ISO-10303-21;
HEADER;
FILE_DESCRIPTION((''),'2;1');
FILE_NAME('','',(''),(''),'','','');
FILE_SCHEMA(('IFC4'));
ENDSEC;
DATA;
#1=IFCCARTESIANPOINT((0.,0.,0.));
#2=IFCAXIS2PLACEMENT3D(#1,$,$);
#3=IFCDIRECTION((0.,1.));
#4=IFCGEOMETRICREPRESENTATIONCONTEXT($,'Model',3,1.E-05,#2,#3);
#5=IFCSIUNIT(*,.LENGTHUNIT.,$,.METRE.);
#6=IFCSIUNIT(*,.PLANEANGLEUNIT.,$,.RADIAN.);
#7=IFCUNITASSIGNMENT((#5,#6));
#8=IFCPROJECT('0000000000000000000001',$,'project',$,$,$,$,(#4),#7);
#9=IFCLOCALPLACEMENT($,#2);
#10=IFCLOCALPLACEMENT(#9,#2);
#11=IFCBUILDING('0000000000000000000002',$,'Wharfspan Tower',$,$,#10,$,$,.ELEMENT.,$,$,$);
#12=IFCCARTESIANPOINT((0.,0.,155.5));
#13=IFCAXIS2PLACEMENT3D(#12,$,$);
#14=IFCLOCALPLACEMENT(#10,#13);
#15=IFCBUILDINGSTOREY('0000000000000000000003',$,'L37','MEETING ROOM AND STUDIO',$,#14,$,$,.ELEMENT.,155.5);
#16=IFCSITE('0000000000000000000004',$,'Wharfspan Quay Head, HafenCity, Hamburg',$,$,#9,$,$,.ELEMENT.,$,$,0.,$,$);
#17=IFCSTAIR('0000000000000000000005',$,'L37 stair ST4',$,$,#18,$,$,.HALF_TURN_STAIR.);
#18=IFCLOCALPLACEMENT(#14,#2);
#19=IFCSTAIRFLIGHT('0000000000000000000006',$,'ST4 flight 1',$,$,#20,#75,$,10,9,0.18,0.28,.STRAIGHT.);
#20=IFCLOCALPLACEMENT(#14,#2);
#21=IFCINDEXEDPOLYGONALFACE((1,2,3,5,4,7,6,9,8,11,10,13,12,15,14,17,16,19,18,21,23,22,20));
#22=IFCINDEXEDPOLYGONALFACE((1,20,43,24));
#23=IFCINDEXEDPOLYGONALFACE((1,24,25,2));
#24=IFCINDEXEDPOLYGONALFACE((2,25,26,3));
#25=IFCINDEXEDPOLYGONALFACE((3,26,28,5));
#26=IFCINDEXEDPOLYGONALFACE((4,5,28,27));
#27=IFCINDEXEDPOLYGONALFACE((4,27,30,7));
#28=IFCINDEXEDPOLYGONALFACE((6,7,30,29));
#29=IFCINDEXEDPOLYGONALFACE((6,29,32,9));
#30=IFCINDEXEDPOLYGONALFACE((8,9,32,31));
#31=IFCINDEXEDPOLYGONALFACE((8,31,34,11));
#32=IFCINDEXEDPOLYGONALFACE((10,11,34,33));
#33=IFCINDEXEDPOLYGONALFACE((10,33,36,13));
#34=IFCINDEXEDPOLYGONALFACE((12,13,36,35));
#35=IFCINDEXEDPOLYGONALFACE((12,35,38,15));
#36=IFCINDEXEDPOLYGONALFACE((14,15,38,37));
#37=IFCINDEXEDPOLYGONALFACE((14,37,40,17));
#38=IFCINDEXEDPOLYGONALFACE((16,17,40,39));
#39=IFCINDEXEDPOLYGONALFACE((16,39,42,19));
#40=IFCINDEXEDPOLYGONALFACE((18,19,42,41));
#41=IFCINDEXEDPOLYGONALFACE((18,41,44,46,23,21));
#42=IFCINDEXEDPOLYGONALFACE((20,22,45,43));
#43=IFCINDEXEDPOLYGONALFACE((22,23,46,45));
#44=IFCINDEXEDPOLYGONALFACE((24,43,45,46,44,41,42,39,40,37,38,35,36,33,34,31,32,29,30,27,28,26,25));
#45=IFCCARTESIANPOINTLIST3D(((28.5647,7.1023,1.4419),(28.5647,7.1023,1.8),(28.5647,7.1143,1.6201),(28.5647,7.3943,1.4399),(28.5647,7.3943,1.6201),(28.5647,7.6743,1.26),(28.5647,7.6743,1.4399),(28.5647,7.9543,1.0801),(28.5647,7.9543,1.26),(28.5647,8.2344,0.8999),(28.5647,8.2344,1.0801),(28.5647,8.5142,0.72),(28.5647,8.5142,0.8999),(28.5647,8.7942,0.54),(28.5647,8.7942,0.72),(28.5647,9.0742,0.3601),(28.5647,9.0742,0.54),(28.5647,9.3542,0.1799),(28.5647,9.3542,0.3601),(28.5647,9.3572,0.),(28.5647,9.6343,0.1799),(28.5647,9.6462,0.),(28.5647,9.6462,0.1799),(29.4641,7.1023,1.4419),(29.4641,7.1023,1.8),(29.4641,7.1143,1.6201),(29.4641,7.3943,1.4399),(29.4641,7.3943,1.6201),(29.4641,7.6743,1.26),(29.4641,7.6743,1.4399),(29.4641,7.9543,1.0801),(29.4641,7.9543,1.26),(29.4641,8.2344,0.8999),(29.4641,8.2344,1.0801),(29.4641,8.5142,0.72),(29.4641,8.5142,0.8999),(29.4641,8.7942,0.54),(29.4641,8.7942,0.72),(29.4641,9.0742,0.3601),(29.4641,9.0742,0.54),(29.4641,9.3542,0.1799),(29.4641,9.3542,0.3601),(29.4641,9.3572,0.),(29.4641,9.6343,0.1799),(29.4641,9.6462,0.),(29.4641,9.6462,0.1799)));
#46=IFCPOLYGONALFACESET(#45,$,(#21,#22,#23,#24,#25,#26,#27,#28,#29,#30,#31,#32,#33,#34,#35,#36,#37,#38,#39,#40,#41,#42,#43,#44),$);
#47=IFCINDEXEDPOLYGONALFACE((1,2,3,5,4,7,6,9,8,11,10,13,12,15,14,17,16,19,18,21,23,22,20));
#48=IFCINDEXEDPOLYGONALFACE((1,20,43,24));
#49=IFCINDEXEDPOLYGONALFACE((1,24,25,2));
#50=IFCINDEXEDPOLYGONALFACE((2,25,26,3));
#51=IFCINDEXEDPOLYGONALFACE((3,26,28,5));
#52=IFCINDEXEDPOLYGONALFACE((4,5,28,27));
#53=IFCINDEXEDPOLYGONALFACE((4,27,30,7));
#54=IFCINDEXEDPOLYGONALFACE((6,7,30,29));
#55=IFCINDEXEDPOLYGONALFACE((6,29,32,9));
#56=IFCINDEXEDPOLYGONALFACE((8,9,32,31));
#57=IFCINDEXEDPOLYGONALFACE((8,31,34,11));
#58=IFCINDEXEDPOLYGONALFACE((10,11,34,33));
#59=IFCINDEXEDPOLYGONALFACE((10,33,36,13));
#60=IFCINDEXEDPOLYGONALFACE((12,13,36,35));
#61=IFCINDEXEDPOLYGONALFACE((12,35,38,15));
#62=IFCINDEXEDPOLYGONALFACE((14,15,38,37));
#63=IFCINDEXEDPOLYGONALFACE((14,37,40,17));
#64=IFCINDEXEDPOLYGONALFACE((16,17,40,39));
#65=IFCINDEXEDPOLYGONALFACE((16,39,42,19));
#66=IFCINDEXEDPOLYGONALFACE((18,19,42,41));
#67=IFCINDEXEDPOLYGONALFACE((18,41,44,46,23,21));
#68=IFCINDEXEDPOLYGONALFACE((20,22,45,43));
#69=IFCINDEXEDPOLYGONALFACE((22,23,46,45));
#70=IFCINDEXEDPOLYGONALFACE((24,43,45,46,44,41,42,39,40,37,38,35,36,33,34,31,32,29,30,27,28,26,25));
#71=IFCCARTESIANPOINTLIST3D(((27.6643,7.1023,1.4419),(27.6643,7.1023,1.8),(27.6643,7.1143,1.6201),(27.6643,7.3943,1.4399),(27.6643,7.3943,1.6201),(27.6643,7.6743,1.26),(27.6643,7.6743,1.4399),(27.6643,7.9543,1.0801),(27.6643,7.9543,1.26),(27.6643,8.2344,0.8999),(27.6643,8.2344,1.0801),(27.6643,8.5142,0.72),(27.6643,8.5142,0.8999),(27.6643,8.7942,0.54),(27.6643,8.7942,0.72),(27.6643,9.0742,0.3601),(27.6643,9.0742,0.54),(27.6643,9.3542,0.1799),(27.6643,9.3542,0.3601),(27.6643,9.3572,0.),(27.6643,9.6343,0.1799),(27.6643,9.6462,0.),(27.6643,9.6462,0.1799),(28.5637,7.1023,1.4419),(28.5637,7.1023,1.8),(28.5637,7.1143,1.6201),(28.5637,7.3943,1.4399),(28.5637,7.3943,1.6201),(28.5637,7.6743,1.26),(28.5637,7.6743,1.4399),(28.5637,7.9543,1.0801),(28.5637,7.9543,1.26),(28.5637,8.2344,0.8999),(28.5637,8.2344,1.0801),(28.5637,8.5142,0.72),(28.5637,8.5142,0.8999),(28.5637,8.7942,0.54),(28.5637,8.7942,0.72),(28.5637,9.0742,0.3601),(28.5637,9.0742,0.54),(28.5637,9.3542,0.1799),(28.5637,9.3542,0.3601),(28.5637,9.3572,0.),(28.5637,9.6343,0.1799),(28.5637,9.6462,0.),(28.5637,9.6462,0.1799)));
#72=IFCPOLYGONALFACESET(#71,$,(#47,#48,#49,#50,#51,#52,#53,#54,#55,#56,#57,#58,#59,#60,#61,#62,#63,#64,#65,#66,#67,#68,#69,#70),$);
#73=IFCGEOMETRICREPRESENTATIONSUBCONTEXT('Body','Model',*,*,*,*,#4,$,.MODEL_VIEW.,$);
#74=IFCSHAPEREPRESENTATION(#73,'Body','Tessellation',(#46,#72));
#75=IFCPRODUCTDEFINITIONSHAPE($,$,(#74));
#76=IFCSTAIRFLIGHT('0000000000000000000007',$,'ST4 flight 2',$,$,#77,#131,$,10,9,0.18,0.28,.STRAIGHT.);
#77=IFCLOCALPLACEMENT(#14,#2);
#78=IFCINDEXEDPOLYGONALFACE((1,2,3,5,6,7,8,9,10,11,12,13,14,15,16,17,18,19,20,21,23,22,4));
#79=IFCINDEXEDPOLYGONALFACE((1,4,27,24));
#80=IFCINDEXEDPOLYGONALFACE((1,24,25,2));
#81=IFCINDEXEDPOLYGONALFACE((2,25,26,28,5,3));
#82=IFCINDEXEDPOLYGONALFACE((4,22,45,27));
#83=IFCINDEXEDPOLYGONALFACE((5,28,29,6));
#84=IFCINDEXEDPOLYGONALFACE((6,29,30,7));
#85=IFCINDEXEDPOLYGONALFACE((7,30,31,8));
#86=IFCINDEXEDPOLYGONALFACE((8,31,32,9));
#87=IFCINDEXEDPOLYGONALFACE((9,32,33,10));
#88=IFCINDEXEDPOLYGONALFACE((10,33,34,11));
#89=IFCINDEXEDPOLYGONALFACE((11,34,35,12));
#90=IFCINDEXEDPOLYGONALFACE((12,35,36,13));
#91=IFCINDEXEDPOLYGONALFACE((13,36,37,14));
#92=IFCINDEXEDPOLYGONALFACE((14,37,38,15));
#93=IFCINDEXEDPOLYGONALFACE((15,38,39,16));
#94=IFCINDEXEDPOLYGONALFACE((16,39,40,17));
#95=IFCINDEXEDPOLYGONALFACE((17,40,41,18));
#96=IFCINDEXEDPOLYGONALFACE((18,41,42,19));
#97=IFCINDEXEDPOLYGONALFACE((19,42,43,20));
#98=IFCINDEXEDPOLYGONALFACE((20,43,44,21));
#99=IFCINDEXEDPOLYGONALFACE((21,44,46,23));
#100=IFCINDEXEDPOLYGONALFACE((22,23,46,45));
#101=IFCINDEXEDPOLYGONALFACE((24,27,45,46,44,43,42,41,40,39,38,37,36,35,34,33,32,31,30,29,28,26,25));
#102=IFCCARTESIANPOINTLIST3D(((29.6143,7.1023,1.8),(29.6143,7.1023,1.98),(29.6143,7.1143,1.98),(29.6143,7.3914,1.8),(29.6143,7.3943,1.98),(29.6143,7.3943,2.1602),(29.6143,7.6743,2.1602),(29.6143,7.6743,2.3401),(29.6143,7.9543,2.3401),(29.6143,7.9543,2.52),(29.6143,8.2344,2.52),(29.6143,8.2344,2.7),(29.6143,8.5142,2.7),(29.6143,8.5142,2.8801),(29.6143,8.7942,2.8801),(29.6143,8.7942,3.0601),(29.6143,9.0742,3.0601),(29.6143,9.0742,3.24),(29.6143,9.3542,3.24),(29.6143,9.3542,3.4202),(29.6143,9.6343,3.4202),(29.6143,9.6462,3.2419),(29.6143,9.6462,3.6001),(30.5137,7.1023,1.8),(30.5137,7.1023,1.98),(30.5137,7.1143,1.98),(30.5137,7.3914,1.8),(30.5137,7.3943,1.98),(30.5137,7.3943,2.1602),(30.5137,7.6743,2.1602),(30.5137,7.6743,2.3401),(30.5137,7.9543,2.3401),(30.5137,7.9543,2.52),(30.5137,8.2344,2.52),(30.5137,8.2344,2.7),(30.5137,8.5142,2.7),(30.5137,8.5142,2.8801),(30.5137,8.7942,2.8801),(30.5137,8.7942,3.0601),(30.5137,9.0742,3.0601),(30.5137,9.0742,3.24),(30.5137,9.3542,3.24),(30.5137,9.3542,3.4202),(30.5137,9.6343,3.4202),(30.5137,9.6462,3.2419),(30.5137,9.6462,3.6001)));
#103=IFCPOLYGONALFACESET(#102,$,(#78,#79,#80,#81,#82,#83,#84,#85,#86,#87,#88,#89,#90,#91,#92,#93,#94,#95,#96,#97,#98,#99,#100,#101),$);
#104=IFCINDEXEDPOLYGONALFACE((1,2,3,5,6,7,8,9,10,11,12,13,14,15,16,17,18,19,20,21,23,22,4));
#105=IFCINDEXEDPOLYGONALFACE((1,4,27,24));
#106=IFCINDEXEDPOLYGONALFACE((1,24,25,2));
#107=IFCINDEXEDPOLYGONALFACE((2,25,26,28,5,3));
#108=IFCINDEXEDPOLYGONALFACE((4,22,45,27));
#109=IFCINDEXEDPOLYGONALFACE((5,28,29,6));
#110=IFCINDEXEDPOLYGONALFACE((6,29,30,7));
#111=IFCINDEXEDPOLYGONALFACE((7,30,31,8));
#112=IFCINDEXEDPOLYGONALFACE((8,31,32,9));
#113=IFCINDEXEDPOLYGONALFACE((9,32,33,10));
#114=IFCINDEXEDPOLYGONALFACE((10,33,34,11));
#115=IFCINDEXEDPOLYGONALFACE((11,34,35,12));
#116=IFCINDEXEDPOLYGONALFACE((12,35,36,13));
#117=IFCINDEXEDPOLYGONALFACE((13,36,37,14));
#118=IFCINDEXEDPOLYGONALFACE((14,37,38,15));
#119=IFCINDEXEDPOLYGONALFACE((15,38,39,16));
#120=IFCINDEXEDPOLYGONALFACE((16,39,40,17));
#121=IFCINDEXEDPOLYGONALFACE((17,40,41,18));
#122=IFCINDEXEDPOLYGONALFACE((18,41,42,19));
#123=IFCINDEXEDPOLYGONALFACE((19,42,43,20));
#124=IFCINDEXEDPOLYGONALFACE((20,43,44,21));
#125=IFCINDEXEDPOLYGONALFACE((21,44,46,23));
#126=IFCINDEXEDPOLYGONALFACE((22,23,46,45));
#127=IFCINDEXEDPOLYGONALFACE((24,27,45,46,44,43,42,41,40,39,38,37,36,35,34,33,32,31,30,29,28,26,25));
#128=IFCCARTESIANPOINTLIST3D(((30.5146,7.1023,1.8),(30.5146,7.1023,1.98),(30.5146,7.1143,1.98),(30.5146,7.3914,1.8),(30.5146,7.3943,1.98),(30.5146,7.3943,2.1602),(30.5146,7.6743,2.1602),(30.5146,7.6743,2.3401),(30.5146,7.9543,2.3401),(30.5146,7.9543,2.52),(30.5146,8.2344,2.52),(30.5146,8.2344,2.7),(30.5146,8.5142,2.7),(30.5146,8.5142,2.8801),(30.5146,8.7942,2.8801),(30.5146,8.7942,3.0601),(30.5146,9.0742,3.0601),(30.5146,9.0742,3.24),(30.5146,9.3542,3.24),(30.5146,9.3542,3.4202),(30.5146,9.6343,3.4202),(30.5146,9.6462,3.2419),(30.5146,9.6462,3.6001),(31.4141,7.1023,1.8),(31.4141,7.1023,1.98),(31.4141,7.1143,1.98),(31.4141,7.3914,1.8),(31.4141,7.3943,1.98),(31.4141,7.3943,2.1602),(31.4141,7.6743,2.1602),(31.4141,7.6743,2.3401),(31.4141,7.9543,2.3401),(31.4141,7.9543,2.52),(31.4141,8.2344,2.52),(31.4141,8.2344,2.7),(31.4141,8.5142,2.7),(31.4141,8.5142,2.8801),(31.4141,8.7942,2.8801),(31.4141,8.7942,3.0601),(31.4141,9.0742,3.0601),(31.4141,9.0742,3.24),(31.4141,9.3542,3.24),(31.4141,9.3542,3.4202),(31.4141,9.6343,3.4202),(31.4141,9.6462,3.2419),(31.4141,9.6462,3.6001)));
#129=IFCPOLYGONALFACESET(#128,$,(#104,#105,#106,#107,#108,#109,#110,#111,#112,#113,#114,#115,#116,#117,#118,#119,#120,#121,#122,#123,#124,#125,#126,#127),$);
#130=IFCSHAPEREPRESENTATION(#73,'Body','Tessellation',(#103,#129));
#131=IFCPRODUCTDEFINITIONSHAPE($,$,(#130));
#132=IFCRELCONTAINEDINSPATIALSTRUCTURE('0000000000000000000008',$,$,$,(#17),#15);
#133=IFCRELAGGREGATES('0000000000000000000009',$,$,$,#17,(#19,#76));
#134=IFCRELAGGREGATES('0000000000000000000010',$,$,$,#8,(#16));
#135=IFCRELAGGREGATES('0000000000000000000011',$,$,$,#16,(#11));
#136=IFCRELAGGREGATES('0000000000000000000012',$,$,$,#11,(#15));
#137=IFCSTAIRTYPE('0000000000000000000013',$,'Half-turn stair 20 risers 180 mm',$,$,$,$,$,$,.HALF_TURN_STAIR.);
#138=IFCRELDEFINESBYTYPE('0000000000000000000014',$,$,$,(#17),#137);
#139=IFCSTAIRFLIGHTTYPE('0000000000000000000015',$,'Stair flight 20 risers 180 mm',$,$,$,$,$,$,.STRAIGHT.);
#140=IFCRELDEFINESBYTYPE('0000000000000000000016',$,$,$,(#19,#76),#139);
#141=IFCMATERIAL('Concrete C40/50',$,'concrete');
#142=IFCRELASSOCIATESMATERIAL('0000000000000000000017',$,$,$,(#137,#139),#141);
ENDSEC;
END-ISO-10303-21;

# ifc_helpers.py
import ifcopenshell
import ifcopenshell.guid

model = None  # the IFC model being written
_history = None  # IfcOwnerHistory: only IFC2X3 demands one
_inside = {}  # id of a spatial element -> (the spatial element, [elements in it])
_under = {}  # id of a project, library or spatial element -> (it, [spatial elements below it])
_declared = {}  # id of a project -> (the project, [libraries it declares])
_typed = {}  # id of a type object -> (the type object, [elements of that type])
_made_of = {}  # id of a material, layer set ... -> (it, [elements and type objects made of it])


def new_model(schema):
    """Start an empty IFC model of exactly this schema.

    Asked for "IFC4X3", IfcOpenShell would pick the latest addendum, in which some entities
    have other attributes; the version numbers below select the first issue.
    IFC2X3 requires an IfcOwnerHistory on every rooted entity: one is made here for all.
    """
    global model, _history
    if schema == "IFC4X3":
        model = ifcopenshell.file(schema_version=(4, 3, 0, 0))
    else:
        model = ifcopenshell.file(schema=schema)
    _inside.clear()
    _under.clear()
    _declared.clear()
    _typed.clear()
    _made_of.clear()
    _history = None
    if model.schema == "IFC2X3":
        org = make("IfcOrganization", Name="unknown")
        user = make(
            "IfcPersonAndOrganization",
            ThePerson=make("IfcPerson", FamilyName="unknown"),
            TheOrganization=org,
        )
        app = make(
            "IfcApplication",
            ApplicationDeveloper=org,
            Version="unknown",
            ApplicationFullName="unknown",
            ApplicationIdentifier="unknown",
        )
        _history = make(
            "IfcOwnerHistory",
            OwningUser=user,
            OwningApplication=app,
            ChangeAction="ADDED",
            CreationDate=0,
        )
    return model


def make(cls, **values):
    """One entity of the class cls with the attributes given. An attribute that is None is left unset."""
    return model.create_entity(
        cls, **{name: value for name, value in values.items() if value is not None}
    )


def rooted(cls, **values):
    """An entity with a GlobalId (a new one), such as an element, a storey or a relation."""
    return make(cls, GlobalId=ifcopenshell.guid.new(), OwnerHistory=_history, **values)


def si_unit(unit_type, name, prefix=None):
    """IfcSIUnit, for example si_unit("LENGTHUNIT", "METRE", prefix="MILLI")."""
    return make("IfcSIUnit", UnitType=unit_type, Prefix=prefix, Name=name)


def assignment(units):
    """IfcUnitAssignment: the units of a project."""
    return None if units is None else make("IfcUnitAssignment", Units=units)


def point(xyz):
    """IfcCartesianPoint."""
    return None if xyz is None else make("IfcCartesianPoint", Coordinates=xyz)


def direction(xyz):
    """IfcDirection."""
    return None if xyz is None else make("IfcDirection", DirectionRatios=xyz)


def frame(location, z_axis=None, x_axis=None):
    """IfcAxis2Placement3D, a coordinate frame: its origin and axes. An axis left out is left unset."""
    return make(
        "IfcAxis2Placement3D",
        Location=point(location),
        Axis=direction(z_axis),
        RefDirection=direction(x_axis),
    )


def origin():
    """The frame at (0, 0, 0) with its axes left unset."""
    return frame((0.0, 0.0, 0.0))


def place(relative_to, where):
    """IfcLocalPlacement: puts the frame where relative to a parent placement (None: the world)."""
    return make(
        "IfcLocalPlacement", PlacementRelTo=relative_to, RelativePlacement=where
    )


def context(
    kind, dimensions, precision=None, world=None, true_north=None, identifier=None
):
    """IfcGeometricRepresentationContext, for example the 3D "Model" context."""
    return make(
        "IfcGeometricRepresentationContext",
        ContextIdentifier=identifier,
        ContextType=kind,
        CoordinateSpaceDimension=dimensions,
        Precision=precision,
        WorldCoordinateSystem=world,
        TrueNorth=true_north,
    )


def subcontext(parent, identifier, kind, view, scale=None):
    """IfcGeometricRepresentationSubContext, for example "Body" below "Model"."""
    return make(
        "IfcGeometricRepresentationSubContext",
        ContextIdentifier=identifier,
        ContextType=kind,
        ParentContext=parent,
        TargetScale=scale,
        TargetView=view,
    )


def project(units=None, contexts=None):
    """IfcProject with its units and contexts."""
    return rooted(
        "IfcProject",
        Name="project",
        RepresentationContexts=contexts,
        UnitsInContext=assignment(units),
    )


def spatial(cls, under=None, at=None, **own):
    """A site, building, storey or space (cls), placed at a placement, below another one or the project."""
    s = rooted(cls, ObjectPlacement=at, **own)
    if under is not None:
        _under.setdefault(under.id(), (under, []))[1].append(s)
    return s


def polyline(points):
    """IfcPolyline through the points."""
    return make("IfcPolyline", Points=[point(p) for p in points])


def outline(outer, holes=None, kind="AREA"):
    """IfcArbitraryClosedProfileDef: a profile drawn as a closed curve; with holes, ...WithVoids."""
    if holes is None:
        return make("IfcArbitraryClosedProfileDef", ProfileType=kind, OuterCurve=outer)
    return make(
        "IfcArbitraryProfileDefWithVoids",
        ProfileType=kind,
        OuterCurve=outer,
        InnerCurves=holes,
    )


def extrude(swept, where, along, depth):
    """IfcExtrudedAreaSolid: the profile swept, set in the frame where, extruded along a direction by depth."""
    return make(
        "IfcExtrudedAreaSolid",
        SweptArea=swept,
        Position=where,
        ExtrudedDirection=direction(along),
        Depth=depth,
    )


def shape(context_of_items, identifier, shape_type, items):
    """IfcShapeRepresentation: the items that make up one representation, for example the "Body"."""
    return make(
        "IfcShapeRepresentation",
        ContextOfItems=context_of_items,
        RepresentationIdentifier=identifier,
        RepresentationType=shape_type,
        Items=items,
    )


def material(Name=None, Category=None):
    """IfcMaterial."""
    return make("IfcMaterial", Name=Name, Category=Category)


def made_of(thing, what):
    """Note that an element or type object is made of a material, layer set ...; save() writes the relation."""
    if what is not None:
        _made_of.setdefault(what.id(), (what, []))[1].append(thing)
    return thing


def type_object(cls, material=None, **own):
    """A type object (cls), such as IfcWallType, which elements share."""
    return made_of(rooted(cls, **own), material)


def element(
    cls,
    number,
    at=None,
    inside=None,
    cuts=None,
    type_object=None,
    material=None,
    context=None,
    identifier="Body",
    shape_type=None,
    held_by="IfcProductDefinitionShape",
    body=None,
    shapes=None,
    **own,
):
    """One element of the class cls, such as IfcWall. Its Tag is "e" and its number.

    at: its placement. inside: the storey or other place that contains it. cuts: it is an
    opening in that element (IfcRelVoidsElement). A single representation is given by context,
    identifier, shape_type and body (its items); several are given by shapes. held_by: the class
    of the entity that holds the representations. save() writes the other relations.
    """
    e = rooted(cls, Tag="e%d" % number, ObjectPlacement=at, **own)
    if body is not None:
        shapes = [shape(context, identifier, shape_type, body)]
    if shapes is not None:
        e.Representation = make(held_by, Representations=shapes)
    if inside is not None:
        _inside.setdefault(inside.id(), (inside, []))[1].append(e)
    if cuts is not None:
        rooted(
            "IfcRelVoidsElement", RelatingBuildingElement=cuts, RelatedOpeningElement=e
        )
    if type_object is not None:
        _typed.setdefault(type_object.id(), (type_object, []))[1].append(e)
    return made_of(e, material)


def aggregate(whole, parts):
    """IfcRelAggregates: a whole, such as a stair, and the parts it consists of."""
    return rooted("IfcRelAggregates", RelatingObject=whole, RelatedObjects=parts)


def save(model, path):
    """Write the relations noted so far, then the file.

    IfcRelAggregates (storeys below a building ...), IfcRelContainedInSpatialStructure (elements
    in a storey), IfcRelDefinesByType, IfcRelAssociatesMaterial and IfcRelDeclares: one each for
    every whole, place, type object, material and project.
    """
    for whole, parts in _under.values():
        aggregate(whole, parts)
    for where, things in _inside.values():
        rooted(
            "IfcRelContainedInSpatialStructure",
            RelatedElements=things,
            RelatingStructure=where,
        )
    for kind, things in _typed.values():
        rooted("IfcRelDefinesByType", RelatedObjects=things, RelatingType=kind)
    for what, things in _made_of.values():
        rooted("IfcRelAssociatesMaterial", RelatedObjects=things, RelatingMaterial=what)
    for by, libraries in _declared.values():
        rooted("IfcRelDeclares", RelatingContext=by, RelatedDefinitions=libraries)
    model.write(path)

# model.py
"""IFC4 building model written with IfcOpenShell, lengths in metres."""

from ifc_helpers import new_model, si_unit, direction, frame, origin, place, context, subcontext, project, spatial, polyline, outline, extrude, material, type_object, element, aggregate, save


model = new_model("IFC4")

# Units and contexts
model_context = context("Model", 3, precision=1e-05, world=origin(), true_north=direction((0.0, 1.0)))
body_context = subcontext(model_context, "Body", "Model", "MODEL_VIEW")
ifc_project = project(units=[si_unit("LENGTHUNIT", "METRE"), si_unit("PLANEANGLEUNIT", "RADIAN")], contexts=[model_context])

# Site, building, storey
site_placement = place(None, origin())
site = spatial("IfcSite", under=ifc_project, at=site_placement, Name="Wharfspan Quay Head, HafenCity, Hamburg", CompositionType="ELEMENT", RefElevation=0.0)
building_placement = place(site_placement, origin())
building = spatial("IfcBuilding", under=site, at=building_placement, Name="Wharfspan Tower", CompositionType="ELEMENT")
storey_placement = place(building_placement, frame((0.0, 0.0, 155.5)))
storey = spatial("IfcBuildingStorey", under=building, at=storey_placement, Name="L37", Description="MEETING ROOM AND STUDIO", CompositionType="ELEMENT", Elevation=155.5)

# Shared definitions
ifc_material_1 = material(Name="Concrete C40/50", Category="concrete")

# Stair, stair flights
stair_type = type_object("IfcStairType", Name="Half-turn stair 20 risers 180 mm", PredefinedType="HALF_TURN_STAIR", material=ifc_material_1)
stair_placement = place(storey_placement, origin())
stair = element("IfcStair", 1, at=stair_placement, inside=storey, type_object=stair_type, Name="L37 stair ST4", PredefinedType="HALF_TURN_STAIR")
stair_flight_type = type_object("IfcStairFlightType", Name="Stair flight 20 risers 180 mm", PredefinedType="STRAIGHT", material=ifc_material_1)
stair_flight_1_placement = place(storey_placement, frame((28.5642, 9.6343, 0.0), z_axis=(0.0, 0.0, 1.0), x_axis=(0.0, -1.0, 0.0)))
stair_flight_1 = element("IfcStairFlight", 2, at=stair_flight_1_placement, type_object=stair_flight_type, Name="ST4 flight 1", NumberOfRisers=10, NumberOfTreads=9, PredefinedType="STRAIGHT", RiserHeight=0.18, TreadLength=0.28, context=body_context, shape_type="SweptSolid", body=[
    extrude(outline(polyline([(-0.012, 0.0), (-0.012, 0.1799), (0.0, 0.1799), (0.28, 0.1799), (0.28, 0.3601), (0.5601, 0.3601), (0.5601, 0.54), (0.8401, 0.54), (0.8401, 0.72), (1.1201, 0.72), (1.1201, 0.8999), (1.3999, 0.8999), (1.3999, 1.0801), (1.6799, 1.0801), (1.6799, 1.26), (1.96, 1.26), (1.96, 1.4399), (2.24, 1.4399), (2.24, 1.6201), (2.52, 1.6201), (2.532, 1.8), (2.532, 1.4419), (0.2771, 0.0), (-0.012, 0.0)])), frame((0.0, 0.8999, 0.0), z_axis=(0.0, -1.0, 0.0), x_axis=(1.0, 0.0, 0.0)), (0.0, 0.0, 1.0), 0.8994),
    extrude(outline(polyline([(-0.012, 0.0), (-0.012, 0.1799), (0.0, 0.1799), (0.28, 0.1799), (0.28, 0.3601), (0.5601, 0.3601), (0.5601, 0.54), (0.8401, 0.54), (0.8401, 0.72), (1.1201, 0.72), (1.1201, 0.8999), (1.3999, 0.8999), (1.3999, 1.0801), (1.6799, 1.0801), (1.6799, 1.26), (1.96, 1.26), (1.96, 1.4399), (2.24, 1.4399), (2.24, 1.6201), (2.52, 1.6201), (2.532, 1.8), (2.532, 1.4419), (0.2771, 0.0), (-0.012, 0.0)])), frame((0.0, -0.0005, 0.0), z_axis=(0.0, -1.0, 0.0), x_axis=(1.0, 0.0, 0.0)), (0.0, 0.0, 1.0), 0.8994),
])
stair_flight_2_placement = place(storey_placement, frame((30.5142, 7.1143, 1.8), z_axis=(0.0, 0.0, 1.0), x_axis=(0.0, 1.0, 0.0)))
stair_flight_2 = element("IfcStairFlight", 3, at=stair_flight_2_placement, type_object=stair_flight_type, Name="ST4 flight 2", NumberOfRisers=10, NumberOfTreads=9, PredefinedType="STRAIGHT", RiserHeight=0.18, TreadLength=0.28, context=body_context, shape_type="SweptSolid", body=[
    extrude(outline(polyline([(-0.012, 0.0), (-0.012, 0.1799), (0.0, 0.1799), (0.28, 0.1799), (0.28, 0.3601), (0.5601, 0.3601), (0.5601, 0.54), (0.8401, 0.54), (0.8401, 0.72), (1.1201, 0.72), (1.1201, 0.8999), (1.3999, 0.8999), (1.3999, 1.0801), (1.6799, 1.0801), (1.6799, 1.26), (1.96, 1.26), (1.96, 1.4399), (2.24, 1.4399), (2.24, 1.6201), (2.52, 1.6201), (2.532, 1.8), (2.532, 1.4419), (0.2771, 0.0), (-0.012, 0.0)])), frame((0.0, 0.8999, 0.0), z_axis=(0.0, -1.0, 0.0), x_axis=(1.0, 0.0, 0.0)), (0.0, 0.0, 1.0), 0.8994),
    extrude(outline(polyline([(-0.012, 0.0), (-0.012, 0.1799), (0.0, 0.1799), (0.28, 0.1799), (0.28, 0.3601), (0.5601, 0.3601), (0.5601, 0.54), (0.8401, 0.54), (0.8401, 0.72), (1.1201, 0.72), (1.1201, 0.8999), (1.3999, 0.8999), (1.3999, 1.0801), (1.6799, 1.0801), (1.6799, 1.26), (1.96, 1.26), (1.96, 1.4399), (2.24, 1.4399), (2.24, 1.6201), (2.52, 1.6201), (2.532, 1.8), (2.532, 1.4419), (0.2771, 0.0), (-0.012, 0.0)])), frame((0.0, -0.0005, 0.0), z_axis=(0.0, -1.0, 0.0), x_axis=(1.0, 0.0, 0.0)), (0.0, 0.0, 1.0), 0.8994),
])
aggregate(stair, [stair_flight_1, stair_flight_2])

save(model, "model.ifc")
